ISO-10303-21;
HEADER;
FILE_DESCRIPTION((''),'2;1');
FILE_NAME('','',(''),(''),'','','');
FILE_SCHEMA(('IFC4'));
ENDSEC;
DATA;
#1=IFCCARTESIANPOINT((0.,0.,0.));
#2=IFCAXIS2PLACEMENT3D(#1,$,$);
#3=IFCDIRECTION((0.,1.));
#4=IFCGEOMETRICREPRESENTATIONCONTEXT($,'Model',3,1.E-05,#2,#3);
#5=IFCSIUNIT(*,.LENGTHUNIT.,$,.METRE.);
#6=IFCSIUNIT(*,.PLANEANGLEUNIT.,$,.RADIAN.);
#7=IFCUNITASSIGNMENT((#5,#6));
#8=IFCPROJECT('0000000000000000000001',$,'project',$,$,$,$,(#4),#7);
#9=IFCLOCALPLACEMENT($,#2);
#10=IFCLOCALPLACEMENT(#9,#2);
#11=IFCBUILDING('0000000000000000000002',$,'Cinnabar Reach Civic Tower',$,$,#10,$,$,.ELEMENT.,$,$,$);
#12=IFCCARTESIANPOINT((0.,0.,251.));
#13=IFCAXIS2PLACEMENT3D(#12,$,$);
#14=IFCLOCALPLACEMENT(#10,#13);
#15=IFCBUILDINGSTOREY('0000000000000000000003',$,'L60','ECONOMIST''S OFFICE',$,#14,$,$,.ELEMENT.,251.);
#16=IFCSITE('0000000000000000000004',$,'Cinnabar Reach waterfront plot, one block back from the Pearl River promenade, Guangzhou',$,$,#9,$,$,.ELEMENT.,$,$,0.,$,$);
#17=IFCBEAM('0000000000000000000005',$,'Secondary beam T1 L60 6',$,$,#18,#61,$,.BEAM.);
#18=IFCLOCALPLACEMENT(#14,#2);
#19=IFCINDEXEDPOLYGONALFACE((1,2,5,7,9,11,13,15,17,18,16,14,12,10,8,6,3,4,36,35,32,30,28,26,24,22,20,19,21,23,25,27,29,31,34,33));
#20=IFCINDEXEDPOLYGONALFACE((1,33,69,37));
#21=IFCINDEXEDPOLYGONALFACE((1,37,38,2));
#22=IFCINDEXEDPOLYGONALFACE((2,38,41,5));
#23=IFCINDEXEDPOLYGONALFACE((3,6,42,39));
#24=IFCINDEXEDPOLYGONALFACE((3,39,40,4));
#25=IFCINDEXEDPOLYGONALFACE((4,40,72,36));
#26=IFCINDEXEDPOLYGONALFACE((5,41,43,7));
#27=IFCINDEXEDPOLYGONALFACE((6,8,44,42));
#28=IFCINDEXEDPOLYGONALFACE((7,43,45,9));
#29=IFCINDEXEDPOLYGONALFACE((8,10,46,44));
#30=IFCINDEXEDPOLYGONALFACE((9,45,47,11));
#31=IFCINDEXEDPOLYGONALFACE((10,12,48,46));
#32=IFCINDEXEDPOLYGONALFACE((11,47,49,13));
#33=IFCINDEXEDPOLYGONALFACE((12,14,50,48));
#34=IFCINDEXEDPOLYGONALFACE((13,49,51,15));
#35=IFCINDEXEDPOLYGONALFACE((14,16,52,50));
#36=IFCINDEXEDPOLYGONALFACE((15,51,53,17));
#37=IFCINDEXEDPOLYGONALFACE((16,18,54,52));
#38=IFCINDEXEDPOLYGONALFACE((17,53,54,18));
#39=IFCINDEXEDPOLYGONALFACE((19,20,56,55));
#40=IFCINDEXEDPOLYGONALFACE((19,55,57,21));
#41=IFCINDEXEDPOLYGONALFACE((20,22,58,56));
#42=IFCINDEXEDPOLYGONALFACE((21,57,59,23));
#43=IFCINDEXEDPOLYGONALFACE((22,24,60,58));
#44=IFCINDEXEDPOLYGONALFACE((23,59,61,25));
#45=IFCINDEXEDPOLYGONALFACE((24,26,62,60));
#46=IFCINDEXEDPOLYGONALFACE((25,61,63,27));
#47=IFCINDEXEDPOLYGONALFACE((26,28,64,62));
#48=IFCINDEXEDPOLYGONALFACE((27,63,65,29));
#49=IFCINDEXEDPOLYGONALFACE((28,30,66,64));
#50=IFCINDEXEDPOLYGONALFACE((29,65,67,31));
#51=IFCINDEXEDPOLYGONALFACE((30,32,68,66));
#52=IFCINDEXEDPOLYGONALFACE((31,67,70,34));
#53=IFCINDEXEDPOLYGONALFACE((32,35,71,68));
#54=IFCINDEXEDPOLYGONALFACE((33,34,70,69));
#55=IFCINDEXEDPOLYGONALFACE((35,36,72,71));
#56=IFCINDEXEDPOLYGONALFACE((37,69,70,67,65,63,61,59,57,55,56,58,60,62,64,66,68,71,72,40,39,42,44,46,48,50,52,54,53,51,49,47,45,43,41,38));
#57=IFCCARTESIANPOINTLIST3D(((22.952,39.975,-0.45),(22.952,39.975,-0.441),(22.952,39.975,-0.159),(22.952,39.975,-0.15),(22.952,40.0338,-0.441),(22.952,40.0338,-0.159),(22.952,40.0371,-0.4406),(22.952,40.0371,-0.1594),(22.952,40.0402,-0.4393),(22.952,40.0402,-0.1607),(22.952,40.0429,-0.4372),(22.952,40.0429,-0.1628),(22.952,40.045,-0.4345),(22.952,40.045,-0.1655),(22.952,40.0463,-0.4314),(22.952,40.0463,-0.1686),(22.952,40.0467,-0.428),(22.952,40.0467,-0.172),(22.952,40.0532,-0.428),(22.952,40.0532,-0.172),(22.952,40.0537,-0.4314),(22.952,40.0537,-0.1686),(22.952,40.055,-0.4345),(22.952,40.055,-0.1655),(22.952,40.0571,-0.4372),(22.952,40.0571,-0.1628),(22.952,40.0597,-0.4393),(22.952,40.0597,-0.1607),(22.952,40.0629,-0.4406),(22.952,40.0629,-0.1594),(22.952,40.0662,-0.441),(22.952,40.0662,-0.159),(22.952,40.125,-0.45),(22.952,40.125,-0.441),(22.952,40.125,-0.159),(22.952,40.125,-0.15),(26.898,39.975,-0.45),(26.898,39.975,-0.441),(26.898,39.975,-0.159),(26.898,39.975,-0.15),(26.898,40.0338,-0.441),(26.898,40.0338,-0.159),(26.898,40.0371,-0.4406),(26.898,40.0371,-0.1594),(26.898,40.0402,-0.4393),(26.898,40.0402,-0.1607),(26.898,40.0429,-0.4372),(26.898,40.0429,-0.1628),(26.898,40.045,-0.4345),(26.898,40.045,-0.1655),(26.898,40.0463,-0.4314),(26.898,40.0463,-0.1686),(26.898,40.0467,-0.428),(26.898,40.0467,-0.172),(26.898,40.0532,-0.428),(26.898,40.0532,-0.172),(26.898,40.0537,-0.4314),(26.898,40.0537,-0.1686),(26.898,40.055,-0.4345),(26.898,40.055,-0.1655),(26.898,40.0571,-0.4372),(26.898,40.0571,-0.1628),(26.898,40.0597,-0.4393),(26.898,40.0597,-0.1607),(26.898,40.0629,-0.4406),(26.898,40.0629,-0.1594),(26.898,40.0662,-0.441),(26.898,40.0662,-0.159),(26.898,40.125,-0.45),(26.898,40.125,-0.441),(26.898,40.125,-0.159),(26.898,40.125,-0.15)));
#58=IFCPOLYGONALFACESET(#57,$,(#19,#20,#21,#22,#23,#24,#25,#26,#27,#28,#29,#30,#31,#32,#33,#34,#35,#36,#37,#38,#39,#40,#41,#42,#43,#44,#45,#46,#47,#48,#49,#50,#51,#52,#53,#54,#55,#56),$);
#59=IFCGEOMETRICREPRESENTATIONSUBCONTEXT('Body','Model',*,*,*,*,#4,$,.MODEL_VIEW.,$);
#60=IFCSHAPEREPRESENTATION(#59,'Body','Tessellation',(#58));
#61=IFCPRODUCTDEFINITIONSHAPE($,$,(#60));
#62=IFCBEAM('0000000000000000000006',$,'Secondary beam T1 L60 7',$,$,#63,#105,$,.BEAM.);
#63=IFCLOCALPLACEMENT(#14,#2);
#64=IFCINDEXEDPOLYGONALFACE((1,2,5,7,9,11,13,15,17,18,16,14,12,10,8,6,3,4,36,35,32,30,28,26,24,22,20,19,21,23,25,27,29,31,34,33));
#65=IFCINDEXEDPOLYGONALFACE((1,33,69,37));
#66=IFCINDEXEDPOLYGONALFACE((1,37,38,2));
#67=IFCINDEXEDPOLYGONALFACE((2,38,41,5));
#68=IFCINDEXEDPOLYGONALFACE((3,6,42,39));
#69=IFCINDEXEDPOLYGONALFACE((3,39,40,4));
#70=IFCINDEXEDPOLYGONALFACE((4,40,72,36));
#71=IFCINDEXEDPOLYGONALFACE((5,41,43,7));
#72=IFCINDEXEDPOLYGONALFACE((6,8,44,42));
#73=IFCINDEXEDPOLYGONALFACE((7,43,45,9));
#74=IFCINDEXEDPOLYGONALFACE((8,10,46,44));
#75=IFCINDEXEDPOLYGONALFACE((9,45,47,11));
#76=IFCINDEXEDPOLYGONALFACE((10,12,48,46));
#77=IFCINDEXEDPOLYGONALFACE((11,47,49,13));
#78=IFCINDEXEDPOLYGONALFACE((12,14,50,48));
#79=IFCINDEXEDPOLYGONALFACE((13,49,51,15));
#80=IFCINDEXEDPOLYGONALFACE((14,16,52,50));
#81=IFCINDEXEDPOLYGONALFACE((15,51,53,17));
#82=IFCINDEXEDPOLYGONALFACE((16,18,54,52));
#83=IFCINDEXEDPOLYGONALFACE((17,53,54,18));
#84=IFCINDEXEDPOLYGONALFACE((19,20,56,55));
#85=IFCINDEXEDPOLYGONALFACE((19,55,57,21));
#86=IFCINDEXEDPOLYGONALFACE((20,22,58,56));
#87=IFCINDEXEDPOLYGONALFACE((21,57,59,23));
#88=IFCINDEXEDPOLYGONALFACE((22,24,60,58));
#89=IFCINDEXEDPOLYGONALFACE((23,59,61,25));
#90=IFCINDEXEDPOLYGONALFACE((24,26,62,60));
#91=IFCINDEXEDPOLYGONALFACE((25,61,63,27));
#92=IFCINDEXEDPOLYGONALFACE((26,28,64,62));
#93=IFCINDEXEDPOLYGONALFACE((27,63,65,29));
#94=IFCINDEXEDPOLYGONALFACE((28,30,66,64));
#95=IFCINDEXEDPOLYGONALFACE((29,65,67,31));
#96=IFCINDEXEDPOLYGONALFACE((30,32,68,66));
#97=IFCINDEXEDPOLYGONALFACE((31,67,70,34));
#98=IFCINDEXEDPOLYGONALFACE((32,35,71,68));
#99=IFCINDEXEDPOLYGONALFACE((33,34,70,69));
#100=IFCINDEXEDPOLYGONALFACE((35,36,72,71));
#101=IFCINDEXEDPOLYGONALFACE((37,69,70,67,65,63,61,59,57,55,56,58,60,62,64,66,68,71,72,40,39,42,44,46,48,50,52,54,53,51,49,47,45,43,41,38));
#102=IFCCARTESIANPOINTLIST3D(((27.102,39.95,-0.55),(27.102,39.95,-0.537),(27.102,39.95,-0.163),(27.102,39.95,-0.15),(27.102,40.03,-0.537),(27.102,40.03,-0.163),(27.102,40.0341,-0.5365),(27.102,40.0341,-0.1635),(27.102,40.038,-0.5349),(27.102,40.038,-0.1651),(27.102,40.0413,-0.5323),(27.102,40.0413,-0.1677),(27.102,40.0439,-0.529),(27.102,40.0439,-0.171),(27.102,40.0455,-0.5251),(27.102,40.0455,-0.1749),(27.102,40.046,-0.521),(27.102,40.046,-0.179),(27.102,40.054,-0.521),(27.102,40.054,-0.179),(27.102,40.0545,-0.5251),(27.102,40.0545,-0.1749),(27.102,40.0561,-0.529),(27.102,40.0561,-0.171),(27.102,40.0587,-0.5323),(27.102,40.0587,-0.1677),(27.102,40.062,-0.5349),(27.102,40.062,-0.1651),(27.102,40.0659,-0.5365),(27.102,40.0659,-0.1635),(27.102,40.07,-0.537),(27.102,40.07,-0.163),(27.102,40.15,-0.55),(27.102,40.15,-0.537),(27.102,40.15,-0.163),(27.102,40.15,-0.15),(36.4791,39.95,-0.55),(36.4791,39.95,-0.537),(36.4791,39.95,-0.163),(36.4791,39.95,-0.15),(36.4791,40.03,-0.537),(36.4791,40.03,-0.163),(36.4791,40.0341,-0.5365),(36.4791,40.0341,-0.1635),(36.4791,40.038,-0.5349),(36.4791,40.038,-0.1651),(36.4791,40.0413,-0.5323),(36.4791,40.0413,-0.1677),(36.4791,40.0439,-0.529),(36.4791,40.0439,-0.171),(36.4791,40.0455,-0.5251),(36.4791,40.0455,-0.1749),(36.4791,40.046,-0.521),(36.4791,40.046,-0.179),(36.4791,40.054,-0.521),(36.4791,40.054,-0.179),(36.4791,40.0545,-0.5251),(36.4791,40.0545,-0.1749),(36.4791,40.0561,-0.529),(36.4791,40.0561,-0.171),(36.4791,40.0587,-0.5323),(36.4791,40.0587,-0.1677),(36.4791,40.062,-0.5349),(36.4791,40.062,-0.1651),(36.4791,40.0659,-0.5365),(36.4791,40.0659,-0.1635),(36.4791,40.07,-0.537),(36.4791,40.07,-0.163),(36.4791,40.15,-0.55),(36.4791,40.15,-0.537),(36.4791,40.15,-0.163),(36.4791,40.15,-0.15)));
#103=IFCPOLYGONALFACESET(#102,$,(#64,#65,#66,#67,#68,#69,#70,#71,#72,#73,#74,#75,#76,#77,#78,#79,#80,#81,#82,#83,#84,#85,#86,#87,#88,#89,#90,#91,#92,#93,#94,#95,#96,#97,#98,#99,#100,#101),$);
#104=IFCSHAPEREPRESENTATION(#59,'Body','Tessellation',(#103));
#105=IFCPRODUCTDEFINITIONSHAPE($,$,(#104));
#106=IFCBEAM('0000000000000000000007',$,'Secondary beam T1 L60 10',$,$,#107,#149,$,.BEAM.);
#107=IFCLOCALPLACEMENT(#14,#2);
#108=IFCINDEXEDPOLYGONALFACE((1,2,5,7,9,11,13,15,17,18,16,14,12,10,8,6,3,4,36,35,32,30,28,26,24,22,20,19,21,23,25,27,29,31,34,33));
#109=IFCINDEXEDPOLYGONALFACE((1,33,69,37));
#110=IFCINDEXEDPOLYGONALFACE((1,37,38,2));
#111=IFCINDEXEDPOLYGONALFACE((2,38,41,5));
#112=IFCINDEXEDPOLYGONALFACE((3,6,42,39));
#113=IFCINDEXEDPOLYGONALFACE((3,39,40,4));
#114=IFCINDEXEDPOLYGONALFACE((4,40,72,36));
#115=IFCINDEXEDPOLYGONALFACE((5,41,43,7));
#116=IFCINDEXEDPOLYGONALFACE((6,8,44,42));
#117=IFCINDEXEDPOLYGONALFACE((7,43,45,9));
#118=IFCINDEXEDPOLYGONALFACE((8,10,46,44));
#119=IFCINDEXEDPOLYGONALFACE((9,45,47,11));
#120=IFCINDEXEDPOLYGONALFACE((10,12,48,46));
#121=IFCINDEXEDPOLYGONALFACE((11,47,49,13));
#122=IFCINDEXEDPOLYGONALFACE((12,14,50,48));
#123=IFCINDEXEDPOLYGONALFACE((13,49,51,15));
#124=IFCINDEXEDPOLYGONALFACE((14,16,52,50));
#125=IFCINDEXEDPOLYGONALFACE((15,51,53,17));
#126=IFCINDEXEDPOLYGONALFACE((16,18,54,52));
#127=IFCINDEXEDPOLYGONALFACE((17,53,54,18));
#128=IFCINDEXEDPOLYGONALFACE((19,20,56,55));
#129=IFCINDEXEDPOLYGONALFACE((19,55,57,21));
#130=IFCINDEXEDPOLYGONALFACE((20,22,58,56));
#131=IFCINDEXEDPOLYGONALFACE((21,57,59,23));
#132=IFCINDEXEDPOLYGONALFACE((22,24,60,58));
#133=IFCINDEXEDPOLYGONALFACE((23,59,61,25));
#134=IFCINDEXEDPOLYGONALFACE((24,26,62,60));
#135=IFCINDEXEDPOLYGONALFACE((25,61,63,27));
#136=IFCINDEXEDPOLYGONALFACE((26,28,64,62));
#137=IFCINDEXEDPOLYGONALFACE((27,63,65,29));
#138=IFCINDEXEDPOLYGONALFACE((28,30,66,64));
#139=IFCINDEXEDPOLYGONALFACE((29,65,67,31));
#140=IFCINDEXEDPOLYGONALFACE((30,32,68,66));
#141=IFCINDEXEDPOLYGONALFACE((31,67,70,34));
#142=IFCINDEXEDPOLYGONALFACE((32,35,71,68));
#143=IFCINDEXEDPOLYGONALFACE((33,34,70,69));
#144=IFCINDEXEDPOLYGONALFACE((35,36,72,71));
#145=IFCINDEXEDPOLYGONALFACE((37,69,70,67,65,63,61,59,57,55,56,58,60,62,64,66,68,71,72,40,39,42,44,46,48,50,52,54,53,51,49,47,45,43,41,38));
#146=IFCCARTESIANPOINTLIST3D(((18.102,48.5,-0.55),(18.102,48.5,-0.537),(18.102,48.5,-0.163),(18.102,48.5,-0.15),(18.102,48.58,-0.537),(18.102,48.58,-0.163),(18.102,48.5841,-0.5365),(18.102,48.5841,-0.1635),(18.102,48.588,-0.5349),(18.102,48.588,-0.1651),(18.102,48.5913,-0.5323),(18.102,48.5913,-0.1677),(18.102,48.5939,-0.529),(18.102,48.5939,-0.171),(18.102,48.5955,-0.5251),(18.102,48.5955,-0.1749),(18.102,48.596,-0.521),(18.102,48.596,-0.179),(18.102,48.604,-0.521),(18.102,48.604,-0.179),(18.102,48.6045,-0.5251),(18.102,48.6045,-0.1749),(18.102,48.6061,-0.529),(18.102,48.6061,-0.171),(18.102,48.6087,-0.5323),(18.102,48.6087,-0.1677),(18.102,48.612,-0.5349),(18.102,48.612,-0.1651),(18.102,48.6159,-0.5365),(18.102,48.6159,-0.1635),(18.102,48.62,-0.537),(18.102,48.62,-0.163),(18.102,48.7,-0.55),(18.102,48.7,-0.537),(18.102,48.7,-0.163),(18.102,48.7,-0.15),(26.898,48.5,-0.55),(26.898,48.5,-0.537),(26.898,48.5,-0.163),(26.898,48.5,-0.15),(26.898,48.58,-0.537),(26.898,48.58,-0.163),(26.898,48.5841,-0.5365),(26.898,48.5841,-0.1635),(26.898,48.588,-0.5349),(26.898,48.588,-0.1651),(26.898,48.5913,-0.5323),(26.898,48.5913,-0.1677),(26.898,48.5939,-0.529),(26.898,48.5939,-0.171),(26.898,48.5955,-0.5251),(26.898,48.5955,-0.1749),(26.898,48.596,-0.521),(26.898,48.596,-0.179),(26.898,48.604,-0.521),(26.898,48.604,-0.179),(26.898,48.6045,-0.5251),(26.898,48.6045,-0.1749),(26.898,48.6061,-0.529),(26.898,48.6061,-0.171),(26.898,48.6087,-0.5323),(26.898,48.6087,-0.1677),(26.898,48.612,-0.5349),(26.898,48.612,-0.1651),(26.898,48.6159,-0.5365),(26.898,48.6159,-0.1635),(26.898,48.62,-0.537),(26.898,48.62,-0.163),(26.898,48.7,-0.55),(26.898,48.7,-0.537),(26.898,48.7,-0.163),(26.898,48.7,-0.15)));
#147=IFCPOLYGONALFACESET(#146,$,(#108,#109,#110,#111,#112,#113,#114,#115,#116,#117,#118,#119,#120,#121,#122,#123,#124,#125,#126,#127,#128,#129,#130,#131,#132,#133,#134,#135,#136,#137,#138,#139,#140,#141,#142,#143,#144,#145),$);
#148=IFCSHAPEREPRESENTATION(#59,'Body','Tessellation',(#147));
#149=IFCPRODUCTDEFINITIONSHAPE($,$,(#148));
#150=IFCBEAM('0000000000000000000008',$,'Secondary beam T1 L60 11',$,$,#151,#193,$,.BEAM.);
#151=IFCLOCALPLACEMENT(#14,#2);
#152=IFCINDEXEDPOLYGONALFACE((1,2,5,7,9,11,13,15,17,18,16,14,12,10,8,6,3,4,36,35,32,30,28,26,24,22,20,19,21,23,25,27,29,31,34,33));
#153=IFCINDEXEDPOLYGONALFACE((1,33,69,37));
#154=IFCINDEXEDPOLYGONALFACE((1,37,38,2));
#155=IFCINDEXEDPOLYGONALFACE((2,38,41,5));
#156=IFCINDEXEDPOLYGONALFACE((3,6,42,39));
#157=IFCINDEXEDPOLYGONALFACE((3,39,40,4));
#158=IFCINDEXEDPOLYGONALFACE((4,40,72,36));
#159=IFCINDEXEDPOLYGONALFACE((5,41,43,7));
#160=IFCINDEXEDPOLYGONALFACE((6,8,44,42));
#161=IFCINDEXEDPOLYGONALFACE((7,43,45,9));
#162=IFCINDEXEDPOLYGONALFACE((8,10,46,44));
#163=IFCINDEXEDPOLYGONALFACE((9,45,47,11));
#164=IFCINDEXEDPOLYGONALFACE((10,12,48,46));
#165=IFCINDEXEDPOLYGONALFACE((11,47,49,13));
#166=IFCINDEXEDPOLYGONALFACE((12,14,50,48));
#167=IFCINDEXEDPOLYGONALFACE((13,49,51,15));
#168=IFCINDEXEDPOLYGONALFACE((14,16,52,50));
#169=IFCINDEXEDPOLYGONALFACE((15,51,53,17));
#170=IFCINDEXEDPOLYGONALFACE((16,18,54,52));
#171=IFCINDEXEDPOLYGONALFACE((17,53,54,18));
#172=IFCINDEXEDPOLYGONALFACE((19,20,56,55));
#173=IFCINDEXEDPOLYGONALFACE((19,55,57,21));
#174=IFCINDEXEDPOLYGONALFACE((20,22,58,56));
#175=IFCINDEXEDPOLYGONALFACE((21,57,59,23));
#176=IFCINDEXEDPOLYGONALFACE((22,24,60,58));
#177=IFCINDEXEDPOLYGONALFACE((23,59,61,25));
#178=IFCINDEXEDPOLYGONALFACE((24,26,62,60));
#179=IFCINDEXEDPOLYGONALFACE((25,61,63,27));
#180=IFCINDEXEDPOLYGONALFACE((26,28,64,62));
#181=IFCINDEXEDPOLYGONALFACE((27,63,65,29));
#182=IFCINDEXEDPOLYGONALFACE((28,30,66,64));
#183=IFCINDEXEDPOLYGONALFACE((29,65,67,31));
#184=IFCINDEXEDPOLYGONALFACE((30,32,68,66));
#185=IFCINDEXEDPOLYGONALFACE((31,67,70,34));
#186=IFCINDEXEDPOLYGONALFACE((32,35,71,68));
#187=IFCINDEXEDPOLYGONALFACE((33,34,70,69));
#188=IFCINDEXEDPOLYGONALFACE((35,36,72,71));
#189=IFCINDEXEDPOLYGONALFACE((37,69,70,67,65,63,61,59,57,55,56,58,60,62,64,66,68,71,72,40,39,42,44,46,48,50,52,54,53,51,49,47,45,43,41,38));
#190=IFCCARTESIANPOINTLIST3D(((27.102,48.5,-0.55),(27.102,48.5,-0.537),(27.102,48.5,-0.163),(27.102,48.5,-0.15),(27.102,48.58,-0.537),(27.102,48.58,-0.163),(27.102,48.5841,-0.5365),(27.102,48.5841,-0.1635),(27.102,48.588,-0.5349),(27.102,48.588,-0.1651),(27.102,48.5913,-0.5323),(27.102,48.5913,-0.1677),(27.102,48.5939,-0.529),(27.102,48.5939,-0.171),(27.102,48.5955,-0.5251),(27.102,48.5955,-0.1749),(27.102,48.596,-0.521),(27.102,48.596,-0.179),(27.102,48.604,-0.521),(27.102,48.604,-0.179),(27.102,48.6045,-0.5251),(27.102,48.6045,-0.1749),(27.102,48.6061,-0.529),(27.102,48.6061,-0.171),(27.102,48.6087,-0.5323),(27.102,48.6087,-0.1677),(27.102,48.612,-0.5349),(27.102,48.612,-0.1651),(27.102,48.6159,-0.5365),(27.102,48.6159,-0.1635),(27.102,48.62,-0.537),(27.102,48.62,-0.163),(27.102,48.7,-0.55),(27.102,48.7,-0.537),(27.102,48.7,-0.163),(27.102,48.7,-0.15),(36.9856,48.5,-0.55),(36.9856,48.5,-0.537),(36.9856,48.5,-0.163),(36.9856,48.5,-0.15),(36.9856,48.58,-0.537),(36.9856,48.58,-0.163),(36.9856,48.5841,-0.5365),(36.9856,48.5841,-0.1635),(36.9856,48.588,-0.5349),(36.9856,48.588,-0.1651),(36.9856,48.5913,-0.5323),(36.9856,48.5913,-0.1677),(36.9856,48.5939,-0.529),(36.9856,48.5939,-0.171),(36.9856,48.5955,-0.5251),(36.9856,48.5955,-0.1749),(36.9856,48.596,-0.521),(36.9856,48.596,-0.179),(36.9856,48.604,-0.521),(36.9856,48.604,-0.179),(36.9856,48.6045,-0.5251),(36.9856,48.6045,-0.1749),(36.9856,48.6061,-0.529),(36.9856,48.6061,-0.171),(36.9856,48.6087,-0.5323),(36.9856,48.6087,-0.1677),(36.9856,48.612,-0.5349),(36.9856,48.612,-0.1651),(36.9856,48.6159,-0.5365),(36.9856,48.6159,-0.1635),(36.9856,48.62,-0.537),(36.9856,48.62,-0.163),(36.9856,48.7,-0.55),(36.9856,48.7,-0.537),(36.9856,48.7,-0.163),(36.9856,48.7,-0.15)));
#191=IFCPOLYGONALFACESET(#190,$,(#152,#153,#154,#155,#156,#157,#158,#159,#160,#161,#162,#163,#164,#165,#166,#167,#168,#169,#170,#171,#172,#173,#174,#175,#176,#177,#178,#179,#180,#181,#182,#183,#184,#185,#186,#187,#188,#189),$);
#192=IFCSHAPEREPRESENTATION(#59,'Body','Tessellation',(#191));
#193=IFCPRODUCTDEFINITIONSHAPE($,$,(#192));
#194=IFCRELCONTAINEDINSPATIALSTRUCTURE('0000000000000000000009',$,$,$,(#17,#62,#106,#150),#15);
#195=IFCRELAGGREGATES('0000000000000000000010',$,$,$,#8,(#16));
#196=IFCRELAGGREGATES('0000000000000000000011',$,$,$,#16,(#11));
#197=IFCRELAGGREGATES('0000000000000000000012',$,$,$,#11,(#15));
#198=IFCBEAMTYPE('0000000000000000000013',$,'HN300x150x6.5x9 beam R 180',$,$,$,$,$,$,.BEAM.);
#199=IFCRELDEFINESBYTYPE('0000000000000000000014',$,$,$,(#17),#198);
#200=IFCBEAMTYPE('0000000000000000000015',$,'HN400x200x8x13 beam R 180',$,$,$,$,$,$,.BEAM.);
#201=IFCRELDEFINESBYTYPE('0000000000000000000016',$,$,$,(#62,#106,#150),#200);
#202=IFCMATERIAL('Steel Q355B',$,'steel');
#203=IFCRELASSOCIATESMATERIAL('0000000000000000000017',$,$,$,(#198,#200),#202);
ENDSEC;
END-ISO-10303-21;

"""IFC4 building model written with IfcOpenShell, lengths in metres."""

from ifc_helpers import new_model, si_unit, direction, frame, origin, origin_2d, place, context, subcontext, project, spatial, i_section, extrude, material, material_profile, profile_set, type_object, element, save


model = new_model("IFC4")

# Units and contexts
model_context = context("Model", 3, precision=1e-05, world=origin(), true_north=direction((0.0, 1.0)))
body_context = subcontext(model_context, "Body", "Model", "MODEL_VIEW")
ifc_project = project(units=[si_unit("LENGTHUNIT", "METRE"), si_unit("PLANEANGLEUNIT", "RADIAN")], contexts=[model_context])

# Site, building, storey
site_placement = place(None, origin())
site = spatial("IfcSite", under=ifc_project, at=site_placement, Name="Cinnabar Reach waterfront plot, one block back from the Pearl River promenade, Guangzhou", CompositionType="ELEMENT", RefElevation=0.0)
building_placement = place(site_placement, origin())
building = spatial("IfcBuilding", under=site, at=building_placement, Name="Cinnabar Reach Civic Tower", CompositionType="ELEMENT")
storey_placement = place(building_placement, frame((0.0, 0.0, 251.0)))
storey = spatial("IfcBuildingStorey", under=building, at=storey_placement, Name="L60", Description="ECONOMIST'S OFFICE", CompositionType="ELEMENT", Elevation=251.0)

# Beams
ifc_material_1 = material(Name="Steel Q355B", Category="steel")
ifc_material_profile_1 = material_profile(ifc_material_1, i_section(OverallWidth=0.15, OverallDepth=0.3, WebThickness=0.0065, FlangeThickness=0.009, FilletRadius=0.013, at=origin_2d()), Name="HN300x150x6.5x9")
ifc_profile_set_1 = profile_set([ifc_material_profile_1], Name="Steel Q355B")
beam_type_1 = type_object("IfcBeamType", Name="HN300x150x6.5x9 beam R 180", PredefinedType="BEAM", material=ifc_profile_set_1)
beam_1_placement = place(storey_placement, frame((22.952, 40.05, -0.3), z_axis=(1.0, 0.0, 0.0), x_axis=(0.0, 1.0, 0.0)))
element("IfcBeam", 1, at=beam_1_placement, inside=storey, type_object=beam_type_1, Name="Secondary beam T1 L60 6", PredefinedType="BEAM", context=body_context, shape_type="SweptSolid", body=[
    extrude(i_section(OverallWidth=0.15, OverallDepth=0.3, WebThickness=0.0065, FlangeThickness=0.009, FilletRadius=0.013, at=origin_2d()), origin(), (0.0, 0.0, 1.0), 3.946),
])
ifc_material_profile_2 = material_profile(ifc_material_1, i_section(OverallWidth=0.2, OverallDepth=0.4, WebThickness=0.008, FlangeThickness=0.013, FilletRadius=0.016, at=origin_2d()), Name="HN400x200x8x13")
ifc_profile_set_2 = profile_set([ifc_material_profile_2], Name="Steel Q355B")
beam_type_2 = type_object("IfcBeamType", Name="HN400x200x8x13 beam R 180", PredefinedType="BEAM", material=ifc_profile_set_2)
beam_2_placement = place(storey_placement, frame((27.102, 40.05, -0.35), z_axis=(1.0, 0.0, 0.0), x_axis=(0.0, 1.0, 0.0)))
element("IfcBeam", 2, at=beam_2_placement, inside=storey, type_object=beam_type_2, Name="Secondary beam T1 L60 7", PredefinedType="BEAM", context=body_context, shape_type="SweptSolid", body=[
    extrude(i_section(OverallWidth=0.2, OverallDepth=0.4, WebThickness=0.008, FlangeThickness=0.013, FilletRadius=0.016, at=origin_2d()), origin(), (0.0, 0.0, 1.0), 9.3771),
])
beam_3_placement = place(storey_placement, frame((18.102, 48.6, -0.35), z_axis=(1.0, 0.0, 0.0), x_axis=(0.0, 1.0, 0.0)))
element("IfcBeam", 3, at=beam_3_placement, inside=storey, type_object=beam_type_2, Name="Secondary beam T1 L60 10", PredefinedType="BEAM", context=body_context, shape_type="SweptSolid", body=[
    extrude(i_section(OverallWidth=0.2, OverallDepth=0.4, WebThickness=0.008, FlangeThickness=0.013, FilletRadius=0.016, at=origin_2d()), origin(), (0.0, 0.0, 1.0), 8.796),
])
beam_4_placement = place(storey_placement, frame((27.102, 48.6, -0.35), z_axis=(1.0, 0.0, 0.0), x_axis=(0.0, 1.0, 0.0)))
element("IfcBeam", 4, at=beam_4_placement, inside=storey, type_object=beam_type_2, Name="Secondary beam T1 L60 11", PredefinedType="BEAM", context=body_context, shape_type="SweptSolid", body=[
    extrude(i_section(OverallWidth=0.2, OverallDepth=0.4, WebThickness=0.008, FlangeThickness=0.013, FilletRadius=0.016, at=origin_2d()), origin(), (0.0, 0.0, 1.0), 9.8836),
])

save(model, "model.ifc")
